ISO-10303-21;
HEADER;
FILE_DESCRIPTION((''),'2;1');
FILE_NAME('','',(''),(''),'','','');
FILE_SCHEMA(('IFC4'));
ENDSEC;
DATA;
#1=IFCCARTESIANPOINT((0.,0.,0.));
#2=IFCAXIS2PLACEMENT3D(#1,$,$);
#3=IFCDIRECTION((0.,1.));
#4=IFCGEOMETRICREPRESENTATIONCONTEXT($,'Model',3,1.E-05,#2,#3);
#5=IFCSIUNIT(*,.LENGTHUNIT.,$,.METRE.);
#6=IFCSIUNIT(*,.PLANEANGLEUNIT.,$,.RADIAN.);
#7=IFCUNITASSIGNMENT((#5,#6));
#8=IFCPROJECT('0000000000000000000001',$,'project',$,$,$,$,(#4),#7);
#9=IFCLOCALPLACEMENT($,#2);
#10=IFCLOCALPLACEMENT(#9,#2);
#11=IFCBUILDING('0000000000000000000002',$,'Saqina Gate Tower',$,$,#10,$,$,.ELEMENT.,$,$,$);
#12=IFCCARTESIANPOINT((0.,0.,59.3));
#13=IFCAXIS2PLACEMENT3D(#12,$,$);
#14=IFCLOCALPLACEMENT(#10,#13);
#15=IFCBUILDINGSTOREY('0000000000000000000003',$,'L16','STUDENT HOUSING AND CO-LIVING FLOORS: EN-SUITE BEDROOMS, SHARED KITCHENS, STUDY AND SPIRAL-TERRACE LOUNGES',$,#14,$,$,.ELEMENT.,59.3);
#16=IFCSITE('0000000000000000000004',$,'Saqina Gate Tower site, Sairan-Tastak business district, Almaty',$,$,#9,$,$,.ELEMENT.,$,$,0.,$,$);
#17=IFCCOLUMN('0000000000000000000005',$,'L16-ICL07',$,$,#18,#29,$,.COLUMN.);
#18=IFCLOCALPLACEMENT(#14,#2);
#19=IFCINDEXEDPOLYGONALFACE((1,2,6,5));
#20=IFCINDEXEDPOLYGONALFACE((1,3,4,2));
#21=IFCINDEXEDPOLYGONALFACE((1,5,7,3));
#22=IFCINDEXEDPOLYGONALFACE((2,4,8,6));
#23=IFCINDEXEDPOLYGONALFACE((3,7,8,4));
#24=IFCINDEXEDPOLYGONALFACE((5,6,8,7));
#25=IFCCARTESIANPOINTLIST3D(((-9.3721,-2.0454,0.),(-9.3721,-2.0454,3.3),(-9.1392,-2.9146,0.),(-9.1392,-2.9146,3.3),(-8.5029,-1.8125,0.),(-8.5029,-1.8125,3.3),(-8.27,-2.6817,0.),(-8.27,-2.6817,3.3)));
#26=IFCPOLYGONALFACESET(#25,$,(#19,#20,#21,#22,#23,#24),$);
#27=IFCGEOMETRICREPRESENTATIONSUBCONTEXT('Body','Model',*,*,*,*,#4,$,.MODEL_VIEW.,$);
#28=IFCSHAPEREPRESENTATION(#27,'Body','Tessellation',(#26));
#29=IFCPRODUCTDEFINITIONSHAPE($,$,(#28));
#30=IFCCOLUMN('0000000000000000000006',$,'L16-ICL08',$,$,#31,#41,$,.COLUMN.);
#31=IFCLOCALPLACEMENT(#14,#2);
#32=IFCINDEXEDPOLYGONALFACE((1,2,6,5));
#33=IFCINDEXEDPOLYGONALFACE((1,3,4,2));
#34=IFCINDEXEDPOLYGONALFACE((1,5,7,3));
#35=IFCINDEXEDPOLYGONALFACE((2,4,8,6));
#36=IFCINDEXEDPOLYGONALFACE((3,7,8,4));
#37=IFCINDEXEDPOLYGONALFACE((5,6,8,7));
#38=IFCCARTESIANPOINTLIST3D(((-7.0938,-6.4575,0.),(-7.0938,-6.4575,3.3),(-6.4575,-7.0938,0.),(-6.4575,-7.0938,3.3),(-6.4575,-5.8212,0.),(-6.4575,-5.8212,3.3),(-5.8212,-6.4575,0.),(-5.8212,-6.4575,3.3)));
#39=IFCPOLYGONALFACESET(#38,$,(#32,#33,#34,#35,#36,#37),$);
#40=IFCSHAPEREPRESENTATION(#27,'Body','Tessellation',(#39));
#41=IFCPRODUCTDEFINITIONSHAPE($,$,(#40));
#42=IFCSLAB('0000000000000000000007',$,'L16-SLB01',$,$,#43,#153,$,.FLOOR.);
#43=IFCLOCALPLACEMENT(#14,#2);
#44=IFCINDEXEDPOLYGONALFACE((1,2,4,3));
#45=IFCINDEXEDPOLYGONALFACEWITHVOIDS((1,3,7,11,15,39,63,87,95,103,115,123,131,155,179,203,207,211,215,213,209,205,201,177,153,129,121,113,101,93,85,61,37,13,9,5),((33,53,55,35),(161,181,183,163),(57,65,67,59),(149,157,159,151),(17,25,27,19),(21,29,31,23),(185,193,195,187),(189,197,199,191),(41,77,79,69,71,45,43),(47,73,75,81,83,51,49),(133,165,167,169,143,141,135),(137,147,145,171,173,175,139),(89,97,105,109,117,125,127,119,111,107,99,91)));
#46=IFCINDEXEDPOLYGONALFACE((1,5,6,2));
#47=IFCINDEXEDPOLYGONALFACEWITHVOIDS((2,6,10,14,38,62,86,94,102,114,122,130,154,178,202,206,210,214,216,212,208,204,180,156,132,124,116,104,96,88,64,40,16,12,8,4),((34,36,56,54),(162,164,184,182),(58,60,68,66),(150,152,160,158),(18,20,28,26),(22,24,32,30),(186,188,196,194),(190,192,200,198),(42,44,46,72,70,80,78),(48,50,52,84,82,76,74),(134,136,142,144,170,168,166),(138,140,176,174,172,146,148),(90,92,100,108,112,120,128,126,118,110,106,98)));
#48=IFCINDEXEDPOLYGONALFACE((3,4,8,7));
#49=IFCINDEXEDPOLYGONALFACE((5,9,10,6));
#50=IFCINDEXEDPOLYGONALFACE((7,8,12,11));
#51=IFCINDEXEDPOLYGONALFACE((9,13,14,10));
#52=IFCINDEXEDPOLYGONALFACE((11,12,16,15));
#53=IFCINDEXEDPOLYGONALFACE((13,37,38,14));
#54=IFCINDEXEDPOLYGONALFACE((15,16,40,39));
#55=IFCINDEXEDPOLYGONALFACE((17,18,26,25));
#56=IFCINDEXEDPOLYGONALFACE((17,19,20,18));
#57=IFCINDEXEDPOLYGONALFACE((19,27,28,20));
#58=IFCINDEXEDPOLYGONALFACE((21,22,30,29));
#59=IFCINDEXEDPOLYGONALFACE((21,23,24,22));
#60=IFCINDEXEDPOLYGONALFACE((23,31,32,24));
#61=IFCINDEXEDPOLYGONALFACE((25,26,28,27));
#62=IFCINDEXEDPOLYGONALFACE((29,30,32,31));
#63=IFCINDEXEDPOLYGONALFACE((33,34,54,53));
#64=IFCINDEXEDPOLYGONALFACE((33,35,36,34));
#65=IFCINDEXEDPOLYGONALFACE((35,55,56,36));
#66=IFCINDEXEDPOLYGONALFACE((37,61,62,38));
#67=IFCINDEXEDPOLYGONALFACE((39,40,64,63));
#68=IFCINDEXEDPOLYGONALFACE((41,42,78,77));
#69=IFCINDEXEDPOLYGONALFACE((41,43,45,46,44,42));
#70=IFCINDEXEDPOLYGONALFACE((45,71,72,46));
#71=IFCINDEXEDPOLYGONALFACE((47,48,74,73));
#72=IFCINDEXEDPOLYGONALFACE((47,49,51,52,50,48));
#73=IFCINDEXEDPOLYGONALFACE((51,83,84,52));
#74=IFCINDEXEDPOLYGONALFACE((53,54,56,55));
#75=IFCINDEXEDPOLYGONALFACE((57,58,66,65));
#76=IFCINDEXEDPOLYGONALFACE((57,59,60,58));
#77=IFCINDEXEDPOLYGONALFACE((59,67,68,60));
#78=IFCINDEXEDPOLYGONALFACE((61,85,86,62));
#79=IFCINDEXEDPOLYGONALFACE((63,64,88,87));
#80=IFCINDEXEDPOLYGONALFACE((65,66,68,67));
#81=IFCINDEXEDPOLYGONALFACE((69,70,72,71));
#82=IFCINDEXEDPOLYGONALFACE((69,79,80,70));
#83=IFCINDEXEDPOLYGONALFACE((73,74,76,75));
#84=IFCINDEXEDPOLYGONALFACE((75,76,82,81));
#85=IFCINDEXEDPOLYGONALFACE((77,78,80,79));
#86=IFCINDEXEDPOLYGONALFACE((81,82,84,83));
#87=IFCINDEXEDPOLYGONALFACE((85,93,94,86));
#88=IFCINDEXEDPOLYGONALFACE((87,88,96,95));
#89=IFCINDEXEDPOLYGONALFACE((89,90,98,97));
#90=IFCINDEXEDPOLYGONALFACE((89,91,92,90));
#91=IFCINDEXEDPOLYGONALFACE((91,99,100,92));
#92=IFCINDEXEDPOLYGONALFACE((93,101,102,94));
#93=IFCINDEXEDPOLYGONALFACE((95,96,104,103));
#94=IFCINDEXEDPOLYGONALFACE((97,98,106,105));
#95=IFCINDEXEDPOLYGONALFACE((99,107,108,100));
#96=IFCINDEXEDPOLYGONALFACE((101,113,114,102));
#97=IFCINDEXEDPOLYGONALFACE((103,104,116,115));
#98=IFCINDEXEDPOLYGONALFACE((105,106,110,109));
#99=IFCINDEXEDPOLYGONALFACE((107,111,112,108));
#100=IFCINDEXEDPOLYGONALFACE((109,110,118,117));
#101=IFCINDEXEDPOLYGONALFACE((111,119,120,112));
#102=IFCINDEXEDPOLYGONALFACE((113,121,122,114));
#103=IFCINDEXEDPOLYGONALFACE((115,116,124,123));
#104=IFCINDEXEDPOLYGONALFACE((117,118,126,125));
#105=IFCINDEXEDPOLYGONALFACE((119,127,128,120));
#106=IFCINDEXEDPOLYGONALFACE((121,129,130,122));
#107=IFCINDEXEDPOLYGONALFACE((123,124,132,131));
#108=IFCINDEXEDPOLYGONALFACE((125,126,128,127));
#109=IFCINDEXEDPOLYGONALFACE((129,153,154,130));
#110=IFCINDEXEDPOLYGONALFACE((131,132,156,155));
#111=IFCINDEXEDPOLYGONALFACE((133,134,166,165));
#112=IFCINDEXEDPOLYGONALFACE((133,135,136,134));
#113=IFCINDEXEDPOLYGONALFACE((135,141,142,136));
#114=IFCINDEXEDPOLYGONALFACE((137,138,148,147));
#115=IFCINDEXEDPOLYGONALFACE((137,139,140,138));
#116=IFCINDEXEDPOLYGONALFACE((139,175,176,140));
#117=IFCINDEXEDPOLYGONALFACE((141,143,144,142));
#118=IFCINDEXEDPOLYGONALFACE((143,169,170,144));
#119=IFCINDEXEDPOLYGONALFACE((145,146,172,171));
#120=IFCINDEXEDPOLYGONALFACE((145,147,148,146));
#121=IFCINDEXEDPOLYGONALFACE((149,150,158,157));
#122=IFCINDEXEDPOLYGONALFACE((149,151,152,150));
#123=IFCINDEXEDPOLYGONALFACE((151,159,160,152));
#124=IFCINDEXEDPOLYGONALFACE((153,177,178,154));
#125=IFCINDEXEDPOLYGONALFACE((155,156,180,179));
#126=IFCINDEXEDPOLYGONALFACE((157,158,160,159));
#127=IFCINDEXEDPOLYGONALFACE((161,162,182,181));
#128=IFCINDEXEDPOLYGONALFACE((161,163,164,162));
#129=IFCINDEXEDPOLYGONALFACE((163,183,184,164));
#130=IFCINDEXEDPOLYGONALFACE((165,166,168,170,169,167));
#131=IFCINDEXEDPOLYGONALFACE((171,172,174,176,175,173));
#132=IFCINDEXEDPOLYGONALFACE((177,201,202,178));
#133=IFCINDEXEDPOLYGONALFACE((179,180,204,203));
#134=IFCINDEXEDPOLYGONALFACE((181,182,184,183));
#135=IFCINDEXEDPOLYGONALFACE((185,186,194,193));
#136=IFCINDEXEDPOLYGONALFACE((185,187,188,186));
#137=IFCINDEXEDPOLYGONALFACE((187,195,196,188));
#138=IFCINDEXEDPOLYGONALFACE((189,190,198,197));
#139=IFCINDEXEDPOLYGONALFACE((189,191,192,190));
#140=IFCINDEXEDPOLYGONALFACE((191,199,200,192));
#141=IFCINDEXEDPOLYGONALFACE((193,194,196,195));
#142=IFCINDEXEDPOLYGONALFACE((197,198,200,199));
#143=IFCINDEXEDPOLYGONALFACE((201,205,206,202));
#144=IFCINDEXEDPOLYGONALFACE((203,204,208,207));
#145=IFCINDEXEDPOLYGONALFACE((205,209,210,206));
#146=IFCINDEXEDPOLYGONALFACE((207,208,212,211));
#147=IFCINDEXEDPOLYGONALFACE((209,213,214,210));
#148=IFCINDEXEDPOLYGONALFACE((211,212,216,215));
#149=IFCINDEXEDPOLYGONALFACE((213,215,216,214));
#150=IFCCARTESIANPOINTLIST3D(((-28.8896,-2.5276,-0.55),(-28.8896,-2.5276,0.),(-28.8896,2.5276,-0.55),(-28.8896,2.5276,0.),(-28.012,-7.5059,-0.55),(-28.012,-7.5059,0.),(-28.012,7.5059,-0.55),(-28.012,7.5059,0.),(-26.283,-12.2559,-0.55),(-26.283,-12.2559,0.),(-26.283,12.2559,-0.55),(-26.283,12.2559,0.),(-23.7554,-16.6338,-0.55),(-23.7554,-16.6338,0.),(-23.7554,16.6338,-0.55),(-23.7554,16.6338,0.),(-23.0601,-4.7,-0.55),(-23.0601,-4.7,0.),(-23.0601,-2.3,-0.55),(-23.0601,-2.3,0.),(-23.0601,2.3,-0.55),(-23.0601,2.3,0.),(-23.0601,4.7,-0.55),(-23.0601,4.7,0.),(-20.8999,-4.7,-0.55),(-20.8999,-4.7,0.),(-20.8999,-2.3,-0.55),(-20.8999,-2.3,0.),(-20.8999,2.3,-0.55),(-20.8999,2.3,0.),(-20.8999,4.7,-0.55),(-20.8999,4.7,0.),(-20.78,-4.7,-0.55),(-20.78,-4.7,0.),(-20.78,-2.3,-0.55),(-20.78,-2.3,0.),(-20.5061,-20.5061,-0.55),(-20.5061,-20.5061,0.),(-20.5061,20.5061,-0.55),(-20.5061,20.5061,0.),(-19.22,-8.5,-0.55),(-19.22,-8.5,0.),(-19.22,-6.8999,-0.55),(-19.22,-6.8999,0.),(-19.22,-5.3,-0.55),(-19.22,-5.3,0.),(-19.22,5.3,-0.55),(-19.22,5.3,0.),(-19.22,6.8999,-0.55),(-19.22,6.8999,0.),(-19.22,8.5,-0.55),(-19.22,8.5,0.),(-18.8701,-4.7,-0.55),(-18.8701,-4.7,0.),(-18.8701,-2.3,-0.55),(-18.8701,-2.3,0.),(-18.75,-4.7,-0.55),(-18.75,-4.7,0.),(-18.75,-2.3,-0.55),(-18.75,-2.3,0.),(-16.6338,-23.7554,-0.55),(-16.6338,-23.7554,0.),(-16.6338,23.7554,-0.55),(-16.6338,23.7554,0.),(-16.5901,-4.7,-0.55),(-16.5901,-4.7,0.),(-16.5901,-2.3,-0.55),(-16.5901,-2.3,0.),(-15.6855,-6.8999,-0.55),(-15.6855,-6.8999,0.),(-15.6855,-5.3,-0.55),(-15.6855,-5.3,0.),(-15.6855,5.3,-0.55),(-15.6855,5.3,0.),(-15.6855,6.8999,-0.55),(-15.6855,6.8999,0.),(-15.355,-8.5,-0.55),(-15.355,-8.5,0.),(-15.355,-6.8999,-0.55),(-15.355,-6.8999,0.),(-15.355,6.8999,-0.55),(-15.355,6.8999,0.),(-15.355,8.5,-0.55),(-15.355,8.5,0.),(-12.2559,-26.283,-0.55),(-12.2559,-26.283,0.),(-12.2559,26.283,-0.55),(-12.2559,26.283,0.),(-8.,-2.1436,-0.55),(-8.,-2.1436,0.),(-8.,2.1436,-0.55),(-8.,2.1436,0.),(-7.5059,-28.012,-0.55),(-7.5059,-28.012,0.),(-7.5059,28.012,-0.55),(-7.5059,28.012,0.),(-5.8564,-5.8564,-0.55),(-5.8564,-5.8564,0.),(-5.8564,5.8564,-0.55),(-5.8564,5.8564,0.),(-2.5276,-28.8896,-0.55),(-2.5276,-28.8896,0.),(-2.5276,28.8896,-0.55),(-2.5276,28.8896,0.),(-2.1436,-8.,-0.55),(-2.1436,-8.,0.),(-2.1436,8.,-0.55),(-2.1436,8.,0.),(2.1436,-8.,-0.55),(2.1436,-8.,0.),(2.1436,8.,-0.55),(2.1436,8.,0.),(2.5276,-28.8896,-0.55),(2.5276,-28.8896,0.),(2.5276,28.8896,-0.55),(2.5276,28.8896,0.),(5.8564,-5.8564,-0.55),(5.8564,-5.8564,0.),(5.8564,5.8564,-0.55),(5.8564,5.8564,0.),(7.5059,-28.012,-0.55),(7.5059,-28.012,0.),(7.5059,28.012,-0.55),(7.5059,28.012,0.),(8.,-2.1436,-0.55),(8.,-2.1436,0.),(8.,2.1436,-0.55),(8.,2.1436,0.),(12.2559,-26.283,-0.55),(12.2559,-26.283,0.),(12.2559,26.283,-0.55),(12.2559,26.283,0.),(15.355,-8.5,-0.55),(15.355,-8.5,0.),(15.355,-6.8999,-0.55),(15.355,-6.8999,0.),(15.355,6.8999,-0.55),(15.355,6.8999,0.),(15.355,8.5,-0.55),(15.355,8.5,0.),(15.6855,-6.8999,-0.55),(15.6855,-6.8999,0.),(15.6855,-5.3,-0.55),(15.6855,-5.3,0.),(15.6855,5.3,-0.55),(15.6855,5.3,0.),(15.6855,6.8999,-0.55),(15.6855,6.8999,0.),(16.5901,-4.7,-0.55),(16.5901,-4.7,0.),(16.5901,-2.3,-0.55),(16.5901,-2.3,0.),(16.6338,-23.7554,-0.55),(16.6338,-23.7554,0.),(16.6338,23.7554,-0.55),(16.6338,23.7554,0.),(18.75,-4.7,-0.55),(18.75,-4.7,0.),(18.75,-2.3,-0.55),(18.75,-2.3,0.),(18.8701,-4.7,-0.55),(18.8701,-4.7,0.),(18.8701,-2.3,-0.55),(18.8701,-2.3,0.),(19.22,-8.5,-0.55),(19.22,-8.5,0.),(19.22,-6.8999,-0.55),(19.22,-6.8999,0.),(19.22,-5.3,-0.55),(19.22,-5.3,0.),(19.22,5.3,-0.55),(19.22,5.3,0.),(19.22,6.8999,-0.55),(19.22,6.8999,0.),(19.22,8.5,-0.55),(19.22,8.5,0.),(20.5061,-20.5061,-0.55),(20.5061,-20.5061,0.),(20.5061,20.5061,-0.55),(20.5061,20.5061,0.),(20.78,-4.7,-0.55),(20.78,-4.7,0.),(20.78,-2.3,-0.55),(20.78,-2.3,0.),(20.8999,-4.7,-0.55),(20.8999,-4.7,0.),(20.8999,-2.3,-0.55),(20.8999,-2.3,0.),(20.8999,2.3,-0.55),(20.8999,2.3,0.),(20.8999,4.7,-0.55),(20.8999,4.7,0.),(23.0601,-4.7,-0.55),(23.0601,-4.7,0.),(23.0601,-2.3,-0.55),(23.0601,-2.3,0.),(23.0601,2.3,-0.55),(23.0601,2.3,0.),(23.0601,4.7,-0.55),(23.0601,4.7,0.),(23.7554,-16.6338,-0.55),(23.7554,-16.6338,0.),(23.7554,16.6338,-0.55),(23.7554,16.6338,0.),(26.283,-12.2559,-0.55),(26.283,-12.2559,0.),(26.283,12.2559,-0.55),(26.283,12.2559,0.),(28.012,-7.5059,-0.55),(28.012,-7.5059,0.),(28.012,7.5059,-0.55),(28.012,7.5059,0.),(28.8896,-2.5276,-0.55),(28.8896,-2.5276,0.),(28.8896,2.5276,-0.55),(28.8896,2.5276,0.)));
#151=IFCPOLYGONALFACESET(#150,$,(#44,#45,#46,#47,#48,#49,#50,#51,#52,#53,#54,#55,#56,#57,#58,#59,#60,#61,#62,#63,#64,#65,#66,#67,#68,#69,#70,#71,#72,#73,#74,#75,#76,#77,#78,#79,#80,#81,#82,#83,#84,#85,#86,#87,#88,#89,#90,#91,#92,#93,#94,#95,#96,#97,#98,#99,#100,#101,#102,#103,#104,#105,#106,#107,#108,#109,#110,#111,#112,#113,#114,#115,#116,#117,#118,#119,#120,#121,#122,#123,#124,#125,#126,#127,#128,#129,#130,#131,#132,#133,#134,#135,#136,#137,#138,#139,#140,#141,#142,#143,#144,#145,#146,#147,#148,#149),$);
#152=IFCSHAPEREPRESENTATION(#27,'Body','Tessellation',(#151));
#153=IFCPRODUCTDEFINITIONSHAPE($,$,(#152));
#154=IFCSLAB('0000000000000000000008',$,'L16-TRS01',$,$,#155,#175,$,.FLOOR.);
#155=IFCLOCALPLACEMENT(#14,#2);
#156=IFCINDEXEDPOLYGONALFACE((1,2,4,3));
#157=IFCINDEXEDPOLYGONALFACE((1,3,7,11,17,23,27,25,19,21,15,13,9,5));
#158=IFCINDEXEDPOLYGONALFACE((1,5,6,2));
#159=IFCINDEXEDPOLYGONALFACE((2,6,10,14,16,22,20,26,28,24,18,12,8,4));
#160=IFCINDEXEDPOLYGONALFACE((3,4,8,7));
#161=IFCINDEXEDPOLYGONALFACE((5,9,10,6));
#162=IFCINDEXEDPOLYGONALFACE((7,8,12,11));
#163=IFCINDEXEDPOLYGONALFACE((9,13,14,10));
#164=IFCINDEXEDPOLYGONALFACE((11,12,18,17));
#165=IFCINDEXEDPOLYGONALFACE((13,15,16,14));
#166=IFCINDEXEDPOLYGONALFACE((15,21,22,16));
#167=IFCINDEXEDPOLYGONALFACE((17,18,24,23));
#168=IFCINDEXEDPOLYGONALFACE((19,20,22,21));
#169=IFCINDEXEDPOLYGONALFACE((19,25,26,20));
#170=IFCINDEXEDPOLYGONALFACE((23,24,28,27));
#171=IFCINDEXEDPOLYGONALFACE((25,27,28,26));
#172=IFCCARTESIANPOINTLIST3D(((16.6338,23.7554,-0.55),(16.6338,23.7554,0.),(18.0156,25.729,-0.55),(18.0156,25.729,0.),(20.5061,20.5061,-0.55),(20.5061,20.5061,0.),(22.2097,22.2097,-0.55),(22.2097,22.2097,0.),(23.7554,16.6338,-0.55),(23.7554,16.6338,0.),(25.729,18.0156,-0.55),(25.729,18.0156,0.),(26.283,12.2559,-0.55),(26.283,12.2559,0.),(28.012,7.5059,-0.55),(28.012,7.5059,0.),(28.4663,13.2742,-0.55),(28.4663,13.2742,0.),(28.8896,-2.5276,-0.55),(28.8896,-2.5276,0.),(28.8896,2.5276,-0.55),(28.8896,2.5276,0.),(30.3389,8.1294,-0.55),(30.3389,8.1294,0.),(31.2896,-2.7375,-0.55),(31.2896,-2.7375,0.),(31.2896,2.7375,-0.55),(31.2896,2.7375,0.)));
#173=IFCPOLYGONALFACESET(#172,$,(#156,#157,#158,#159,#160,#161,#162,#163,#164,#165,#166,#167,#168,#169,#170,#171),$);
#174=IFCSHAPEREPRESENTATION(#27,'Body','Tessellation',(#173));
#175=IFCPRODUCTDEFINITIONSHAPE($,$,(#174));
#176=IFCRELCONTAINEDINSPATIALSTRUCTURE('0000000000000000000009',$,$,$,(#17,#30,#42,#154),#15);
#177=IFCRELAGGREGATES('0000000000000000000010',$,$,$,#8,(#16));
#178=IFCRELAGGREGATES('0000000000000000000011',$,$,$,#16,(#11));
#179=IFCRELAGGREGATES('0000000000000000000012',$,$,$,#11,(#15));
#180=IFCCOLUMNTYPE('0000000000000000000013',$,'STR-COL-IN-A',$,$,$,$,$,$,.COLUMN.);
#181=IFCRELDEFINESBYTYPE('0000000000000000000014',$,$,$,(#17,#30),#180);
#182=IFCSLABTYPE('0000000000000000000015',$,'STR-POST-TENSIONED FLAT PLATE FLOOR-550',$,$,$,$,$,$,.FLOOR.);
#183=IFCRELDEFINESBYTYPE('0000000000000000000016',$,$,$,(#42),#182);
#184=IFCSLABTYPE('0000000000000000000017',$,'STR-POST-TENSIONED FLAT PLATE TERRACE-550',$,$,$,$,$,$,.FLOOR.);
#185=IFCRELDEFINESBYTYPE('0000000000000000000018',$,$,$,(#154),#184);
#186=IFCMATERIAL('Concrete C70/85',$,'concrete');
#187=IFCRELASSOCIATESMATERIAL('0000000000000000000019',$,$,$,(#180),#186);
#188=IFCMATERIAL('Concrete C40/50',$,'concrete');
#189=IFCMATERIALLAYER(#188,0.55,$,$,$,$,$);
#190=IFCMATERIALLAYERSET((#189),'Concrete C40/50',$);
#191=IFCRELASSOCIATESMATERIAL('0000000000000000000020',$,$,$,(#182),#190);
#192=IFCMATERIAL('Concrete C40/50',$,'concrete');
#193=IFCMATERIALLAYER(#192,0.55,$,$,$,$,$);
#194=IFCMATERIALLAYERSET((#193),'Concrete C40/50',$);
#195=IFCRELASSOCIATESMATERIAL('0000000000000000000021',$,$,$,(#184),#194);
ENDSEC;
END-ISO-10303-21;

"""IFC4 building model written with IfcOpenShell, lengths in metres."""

from ifc_helpers import new_model, si_unit, direction, frame, origin, origin_2d, place, context, subcontext, project, spatial, polyline, rectangle, outline, extrude, material, layer, layer_set, material_profile, profile_set, type_object, element, save


model = new_model("IFC4")

# Units and contexts
model_context = context("Model", 3, precision=1e-05, world=origin(), true_north=direction((0.0, 1.0)))
body_context = subcontext(model_context, "Body", "Model", "MODEL_VIEW")
ifc_project = project(units=[si_unit("LENGTHUNIT", "METRE"), si_unit("PLANEANGLEUNIT", "RADIAN")], contexts=[model_context])

# Site, building, storey
site_placement = place(None, origin())
site = spatial("IfcSite", under=ifc_project, at=site_placement, Name="Saqina Gate Tower site, Sairan-Tastak business district, Almaty", CompositionType="ELEMENT", RefElevation=0.0)
building_placement = place(site_placement, origin())
building = spatial("IfcBuilding", under=site, at=building_placement, Name="Saqina Gate Tower", CompositionType="ELEMENT")
storey_placement = place(building_placement, frame((0.0, 0.0, 59.3)))
storey = spatial("IfcBuildingStorey", under=building, at=storey_placement, Name="L16", Description="STUDENT HOUSING AND CO-LIVING FLOORS: EN-SUITE BEDROOMS, SHARED KITCHENS, STUDY AND SPIRAL-TERRACE LOUNGES", CompositionType="ELEMENT", Elevation=59.3)

# Columns
ifc_material_1 = material(Name="Concrete C70/85", Category="concrete")
ifc_material_profile = material_profile(ifc_material_1, rectangle(XDim=0.8999, YDim=0.8999, at=origin_2d()), Name="RC 900x900")
ifc_profile_set = profile_set([ifc_material_profile], Name="Concrete C70/85")
column_type = type_object("IfcColumnType", Name="STR-COL-IN-A", PredefinedType="COLUMN", material=ifc_profile_set)
for number, where, z_axis, x_axis, name in (
    (1, (-8.821, -2.3635, 0.0), (0.0, 0.0, 1.0), (-0.965926, -0.258819, 0.0), "L16-ICL07"),
    (2, (-6.4575, -6.4575, 0.0), (0.0, 0.0, 1.0), (-0.707107, -0.707107, 0.0), "L16-ICL08"),
):
    element("IfcColumn", number, at=place(storey_placement, frame(where, z_axis=z_axis, x_axis=x_axis)), inside=storey, type_object=column_type, Name=name, PredefinedType="COLUMN", context=body_context, shape_type="SweptSolid", body=[
        extrude(rectangle(XDim=0.8999, YDim=0.8999, at=origin_2d()), origin(), (0.0, 0.0, 1.0), 3.3),
    ])

# Slabs
ifc_material_2 = material(Name="Concrete C40/50", Category="concrete")
ifc_layer_1 = layer(ifc_material_2, 0.55)
ifc_layer_set_1 = layer_set([ifc_layer_1], Name="Concrete C40/50")
slab_type_1 = type_object("IfcSlabType", Name="STR-POST-TENSIONED FLAT PLATE FLOOR-550", PredefinedType="FLOOR", material=ifc_layer_set_1)
slab_1_placement = place(storey_placement, frame((0.0, 0.0, -0.55)))
element("IfcSlab", 3, at=slab_1_placement, inside=storey, type_object=slab_type_1, Name="L16-SLB01", PredefinedType="FLOOR", context=body_context, shape_type="SweptSolid", body=[
    extrude(outline(polyline([(28.012, -7.5059), (28.8896, -2.5276), (28.8896, 2.5276), (28.012, 7.5059), (26.283, 12.2559), (23.7554, 16.6338), (20.5061, 20.5061), (16.6338, 23.7554), (12.2559, 26.283), (7.5059, 28.012), (2.5276, 28.8896), (-2.5276, 28.8896), (-7.5059, 28.012), (-12.2559, 26.283), (-16.6338, 23.7554), (-20.5061, 20.5061), (-23.7554, 16.6338), (-26.283, 12.2559), (-28.012, 7.5059), (-28.8896, 2.5276), (-28.8896, -2.5276), (-28.012, -7.5059), (-26.283, -12.2559), (-23.7554, -16.6338), (-20.5061, -20.5061), (-16.6338, -23.7554), (-12.2559, -26.283), (-7.5059, -28.012), (-2.5276, -28.8896), (2.5276, -28.8896), (7.5059, -28.012), (12.2559, -26.283), (16.6338, -23.7554), (20.5061, -20.5061), (23.7554, -16.6338), (26.283, -12.2559), (28.012, -7.5059)]), holes=[polyline([(2.1436, 8.0), (5.8564, 5.8564), (8.0, 2.1436), (8.0, -2.1436), (5.8564, -5.8564), (2.1436, -8.0), (-2.1436, -8.0), (-5.8564, -5.8564), (-8.0, -2.1436), (-8.0, 2.1436), (-5.8564, 5.8564), (-2.1436, 8.0), (2.1436, 8.0)]), polyline([(-19.22, -8.5), (-19.22, -6.8999), (-19.22, -5.3), (-15.6855, -5.3), (-15.6855, -6.8999), (-15.355, -6.8999), (-15.355, -8.5), (-19.22, -8.5)]), polyline([(-20.8999, -2.3), (-20.8999, -4.7), (-23.0601, -4.7), (-23.0601, -2.3), (-20.8999, -2.3)]), polyline([(-18.8701, -2.3), (-18.8701, -4.7), (-20.78, -4.7), (-20.78, -2.3), (-18.8701, -2.3)]), polyline([(-16.5901, -2.3), (-16.5901, -4.7), (-18.75, -4.7), (-18.75, -2.3), (-16.5901, -2.3)]), polyline([(-20.8999, 4.7), (-20.8999, 2.3), (-23.0601, 2.3), (-23.0601, 4.7), (-20.8999, 4.7)]), polyline([(-19.22, 6.8999), (-19.22, 8.5), (-15.355, 8.5), (-15.355, 6.8999), (-15.6855, 6.8999), (-15.6855, 5.3), (-19.22, 5.3), (-19.22, 6.8999)]), polyline([(15.355, -6.8999), (15.6855, -6.8999), (15.6855, -5.3), (19.22, -5.3), (19.22, -6.8999), (19.22, -8.5), (15.355, -8.5), (15.355, -6.8999)]), polyline([(18.75, -2.3), (18.75, -4.7), (16.5901, -4.7), (16.5901, -2.3), (18.75, -2.3)]), polyline([(20.78, -2.3), (20.78, -4.7), (18.8701, -4.7), (18.8701, -2.3), (20.78, -2.3)]), polyline([(23.0601, -2.3), (23.0601, -4.7), (20.8999, -4.7), (20.8999, -2.3), (23.0601, -2.3)]), polyline([(23.0601, 4.7), (23.0601, 2.3), (20.8999, 2.3), (20.8999, 4.7), (23.0601, 4.7)]), polyline([(15.6855, 6.8999), (15.355, 6.8999), (15.355, 8.5), (19.22, 8.5), (19.22, 6.8999), (19.22, 5.3), (15.6855, 5.3), (15.6855, 6.8999)])]), origin(), (0.0, 0.0, 1.0), 0.55),
])
ifc_material_3 = material(Name="Concrete C40/50", Category="concrete")
ifc_layer_2 = layer(ifc_material_3, 0.55)
ifc_layer_set_2 = layer_set([ifc_layer_2], Name="Concrete C40/50")
slab_type_2 = type_object("IfcSlabType", Name="STR-POST-TENSIONED FLAT PLATE TERRACE-550", PredefinedType="FLOOR", material=ifc_layer_set_2)
slab_2_placement = place(storey_placement, frame((0.0, 0.0, -0.55)))
element("IfcSlab", 4, at=slab_2_placement, inside=storey, type_object=slab_type_2, Name="L16-TRS01", PredefinedType="FLOOR", context=body_context, shape_type="SweptSolid", body=[
    extrude(outline(polyline([(28.8896, -2.5276), (28.8896, 2.5276), (28.012, 7.5059), (26.283, 12.2559), (23.7554, 16.6338), (20.5061, 20.5061), (16.6338, 23.7554), (18.0156, 25.729), (22.2097, 22.2097), (25.729, 18.0156), (28.4663, 13.2742), (30.3389, 8.1294), (31.2896, 2.7375), (31.2896, -2.7375), (28.8896, -2.5276)])), origin(), (0.0, 0.0, 1.0), 0.55),
])

save(model, "model.ifc")
